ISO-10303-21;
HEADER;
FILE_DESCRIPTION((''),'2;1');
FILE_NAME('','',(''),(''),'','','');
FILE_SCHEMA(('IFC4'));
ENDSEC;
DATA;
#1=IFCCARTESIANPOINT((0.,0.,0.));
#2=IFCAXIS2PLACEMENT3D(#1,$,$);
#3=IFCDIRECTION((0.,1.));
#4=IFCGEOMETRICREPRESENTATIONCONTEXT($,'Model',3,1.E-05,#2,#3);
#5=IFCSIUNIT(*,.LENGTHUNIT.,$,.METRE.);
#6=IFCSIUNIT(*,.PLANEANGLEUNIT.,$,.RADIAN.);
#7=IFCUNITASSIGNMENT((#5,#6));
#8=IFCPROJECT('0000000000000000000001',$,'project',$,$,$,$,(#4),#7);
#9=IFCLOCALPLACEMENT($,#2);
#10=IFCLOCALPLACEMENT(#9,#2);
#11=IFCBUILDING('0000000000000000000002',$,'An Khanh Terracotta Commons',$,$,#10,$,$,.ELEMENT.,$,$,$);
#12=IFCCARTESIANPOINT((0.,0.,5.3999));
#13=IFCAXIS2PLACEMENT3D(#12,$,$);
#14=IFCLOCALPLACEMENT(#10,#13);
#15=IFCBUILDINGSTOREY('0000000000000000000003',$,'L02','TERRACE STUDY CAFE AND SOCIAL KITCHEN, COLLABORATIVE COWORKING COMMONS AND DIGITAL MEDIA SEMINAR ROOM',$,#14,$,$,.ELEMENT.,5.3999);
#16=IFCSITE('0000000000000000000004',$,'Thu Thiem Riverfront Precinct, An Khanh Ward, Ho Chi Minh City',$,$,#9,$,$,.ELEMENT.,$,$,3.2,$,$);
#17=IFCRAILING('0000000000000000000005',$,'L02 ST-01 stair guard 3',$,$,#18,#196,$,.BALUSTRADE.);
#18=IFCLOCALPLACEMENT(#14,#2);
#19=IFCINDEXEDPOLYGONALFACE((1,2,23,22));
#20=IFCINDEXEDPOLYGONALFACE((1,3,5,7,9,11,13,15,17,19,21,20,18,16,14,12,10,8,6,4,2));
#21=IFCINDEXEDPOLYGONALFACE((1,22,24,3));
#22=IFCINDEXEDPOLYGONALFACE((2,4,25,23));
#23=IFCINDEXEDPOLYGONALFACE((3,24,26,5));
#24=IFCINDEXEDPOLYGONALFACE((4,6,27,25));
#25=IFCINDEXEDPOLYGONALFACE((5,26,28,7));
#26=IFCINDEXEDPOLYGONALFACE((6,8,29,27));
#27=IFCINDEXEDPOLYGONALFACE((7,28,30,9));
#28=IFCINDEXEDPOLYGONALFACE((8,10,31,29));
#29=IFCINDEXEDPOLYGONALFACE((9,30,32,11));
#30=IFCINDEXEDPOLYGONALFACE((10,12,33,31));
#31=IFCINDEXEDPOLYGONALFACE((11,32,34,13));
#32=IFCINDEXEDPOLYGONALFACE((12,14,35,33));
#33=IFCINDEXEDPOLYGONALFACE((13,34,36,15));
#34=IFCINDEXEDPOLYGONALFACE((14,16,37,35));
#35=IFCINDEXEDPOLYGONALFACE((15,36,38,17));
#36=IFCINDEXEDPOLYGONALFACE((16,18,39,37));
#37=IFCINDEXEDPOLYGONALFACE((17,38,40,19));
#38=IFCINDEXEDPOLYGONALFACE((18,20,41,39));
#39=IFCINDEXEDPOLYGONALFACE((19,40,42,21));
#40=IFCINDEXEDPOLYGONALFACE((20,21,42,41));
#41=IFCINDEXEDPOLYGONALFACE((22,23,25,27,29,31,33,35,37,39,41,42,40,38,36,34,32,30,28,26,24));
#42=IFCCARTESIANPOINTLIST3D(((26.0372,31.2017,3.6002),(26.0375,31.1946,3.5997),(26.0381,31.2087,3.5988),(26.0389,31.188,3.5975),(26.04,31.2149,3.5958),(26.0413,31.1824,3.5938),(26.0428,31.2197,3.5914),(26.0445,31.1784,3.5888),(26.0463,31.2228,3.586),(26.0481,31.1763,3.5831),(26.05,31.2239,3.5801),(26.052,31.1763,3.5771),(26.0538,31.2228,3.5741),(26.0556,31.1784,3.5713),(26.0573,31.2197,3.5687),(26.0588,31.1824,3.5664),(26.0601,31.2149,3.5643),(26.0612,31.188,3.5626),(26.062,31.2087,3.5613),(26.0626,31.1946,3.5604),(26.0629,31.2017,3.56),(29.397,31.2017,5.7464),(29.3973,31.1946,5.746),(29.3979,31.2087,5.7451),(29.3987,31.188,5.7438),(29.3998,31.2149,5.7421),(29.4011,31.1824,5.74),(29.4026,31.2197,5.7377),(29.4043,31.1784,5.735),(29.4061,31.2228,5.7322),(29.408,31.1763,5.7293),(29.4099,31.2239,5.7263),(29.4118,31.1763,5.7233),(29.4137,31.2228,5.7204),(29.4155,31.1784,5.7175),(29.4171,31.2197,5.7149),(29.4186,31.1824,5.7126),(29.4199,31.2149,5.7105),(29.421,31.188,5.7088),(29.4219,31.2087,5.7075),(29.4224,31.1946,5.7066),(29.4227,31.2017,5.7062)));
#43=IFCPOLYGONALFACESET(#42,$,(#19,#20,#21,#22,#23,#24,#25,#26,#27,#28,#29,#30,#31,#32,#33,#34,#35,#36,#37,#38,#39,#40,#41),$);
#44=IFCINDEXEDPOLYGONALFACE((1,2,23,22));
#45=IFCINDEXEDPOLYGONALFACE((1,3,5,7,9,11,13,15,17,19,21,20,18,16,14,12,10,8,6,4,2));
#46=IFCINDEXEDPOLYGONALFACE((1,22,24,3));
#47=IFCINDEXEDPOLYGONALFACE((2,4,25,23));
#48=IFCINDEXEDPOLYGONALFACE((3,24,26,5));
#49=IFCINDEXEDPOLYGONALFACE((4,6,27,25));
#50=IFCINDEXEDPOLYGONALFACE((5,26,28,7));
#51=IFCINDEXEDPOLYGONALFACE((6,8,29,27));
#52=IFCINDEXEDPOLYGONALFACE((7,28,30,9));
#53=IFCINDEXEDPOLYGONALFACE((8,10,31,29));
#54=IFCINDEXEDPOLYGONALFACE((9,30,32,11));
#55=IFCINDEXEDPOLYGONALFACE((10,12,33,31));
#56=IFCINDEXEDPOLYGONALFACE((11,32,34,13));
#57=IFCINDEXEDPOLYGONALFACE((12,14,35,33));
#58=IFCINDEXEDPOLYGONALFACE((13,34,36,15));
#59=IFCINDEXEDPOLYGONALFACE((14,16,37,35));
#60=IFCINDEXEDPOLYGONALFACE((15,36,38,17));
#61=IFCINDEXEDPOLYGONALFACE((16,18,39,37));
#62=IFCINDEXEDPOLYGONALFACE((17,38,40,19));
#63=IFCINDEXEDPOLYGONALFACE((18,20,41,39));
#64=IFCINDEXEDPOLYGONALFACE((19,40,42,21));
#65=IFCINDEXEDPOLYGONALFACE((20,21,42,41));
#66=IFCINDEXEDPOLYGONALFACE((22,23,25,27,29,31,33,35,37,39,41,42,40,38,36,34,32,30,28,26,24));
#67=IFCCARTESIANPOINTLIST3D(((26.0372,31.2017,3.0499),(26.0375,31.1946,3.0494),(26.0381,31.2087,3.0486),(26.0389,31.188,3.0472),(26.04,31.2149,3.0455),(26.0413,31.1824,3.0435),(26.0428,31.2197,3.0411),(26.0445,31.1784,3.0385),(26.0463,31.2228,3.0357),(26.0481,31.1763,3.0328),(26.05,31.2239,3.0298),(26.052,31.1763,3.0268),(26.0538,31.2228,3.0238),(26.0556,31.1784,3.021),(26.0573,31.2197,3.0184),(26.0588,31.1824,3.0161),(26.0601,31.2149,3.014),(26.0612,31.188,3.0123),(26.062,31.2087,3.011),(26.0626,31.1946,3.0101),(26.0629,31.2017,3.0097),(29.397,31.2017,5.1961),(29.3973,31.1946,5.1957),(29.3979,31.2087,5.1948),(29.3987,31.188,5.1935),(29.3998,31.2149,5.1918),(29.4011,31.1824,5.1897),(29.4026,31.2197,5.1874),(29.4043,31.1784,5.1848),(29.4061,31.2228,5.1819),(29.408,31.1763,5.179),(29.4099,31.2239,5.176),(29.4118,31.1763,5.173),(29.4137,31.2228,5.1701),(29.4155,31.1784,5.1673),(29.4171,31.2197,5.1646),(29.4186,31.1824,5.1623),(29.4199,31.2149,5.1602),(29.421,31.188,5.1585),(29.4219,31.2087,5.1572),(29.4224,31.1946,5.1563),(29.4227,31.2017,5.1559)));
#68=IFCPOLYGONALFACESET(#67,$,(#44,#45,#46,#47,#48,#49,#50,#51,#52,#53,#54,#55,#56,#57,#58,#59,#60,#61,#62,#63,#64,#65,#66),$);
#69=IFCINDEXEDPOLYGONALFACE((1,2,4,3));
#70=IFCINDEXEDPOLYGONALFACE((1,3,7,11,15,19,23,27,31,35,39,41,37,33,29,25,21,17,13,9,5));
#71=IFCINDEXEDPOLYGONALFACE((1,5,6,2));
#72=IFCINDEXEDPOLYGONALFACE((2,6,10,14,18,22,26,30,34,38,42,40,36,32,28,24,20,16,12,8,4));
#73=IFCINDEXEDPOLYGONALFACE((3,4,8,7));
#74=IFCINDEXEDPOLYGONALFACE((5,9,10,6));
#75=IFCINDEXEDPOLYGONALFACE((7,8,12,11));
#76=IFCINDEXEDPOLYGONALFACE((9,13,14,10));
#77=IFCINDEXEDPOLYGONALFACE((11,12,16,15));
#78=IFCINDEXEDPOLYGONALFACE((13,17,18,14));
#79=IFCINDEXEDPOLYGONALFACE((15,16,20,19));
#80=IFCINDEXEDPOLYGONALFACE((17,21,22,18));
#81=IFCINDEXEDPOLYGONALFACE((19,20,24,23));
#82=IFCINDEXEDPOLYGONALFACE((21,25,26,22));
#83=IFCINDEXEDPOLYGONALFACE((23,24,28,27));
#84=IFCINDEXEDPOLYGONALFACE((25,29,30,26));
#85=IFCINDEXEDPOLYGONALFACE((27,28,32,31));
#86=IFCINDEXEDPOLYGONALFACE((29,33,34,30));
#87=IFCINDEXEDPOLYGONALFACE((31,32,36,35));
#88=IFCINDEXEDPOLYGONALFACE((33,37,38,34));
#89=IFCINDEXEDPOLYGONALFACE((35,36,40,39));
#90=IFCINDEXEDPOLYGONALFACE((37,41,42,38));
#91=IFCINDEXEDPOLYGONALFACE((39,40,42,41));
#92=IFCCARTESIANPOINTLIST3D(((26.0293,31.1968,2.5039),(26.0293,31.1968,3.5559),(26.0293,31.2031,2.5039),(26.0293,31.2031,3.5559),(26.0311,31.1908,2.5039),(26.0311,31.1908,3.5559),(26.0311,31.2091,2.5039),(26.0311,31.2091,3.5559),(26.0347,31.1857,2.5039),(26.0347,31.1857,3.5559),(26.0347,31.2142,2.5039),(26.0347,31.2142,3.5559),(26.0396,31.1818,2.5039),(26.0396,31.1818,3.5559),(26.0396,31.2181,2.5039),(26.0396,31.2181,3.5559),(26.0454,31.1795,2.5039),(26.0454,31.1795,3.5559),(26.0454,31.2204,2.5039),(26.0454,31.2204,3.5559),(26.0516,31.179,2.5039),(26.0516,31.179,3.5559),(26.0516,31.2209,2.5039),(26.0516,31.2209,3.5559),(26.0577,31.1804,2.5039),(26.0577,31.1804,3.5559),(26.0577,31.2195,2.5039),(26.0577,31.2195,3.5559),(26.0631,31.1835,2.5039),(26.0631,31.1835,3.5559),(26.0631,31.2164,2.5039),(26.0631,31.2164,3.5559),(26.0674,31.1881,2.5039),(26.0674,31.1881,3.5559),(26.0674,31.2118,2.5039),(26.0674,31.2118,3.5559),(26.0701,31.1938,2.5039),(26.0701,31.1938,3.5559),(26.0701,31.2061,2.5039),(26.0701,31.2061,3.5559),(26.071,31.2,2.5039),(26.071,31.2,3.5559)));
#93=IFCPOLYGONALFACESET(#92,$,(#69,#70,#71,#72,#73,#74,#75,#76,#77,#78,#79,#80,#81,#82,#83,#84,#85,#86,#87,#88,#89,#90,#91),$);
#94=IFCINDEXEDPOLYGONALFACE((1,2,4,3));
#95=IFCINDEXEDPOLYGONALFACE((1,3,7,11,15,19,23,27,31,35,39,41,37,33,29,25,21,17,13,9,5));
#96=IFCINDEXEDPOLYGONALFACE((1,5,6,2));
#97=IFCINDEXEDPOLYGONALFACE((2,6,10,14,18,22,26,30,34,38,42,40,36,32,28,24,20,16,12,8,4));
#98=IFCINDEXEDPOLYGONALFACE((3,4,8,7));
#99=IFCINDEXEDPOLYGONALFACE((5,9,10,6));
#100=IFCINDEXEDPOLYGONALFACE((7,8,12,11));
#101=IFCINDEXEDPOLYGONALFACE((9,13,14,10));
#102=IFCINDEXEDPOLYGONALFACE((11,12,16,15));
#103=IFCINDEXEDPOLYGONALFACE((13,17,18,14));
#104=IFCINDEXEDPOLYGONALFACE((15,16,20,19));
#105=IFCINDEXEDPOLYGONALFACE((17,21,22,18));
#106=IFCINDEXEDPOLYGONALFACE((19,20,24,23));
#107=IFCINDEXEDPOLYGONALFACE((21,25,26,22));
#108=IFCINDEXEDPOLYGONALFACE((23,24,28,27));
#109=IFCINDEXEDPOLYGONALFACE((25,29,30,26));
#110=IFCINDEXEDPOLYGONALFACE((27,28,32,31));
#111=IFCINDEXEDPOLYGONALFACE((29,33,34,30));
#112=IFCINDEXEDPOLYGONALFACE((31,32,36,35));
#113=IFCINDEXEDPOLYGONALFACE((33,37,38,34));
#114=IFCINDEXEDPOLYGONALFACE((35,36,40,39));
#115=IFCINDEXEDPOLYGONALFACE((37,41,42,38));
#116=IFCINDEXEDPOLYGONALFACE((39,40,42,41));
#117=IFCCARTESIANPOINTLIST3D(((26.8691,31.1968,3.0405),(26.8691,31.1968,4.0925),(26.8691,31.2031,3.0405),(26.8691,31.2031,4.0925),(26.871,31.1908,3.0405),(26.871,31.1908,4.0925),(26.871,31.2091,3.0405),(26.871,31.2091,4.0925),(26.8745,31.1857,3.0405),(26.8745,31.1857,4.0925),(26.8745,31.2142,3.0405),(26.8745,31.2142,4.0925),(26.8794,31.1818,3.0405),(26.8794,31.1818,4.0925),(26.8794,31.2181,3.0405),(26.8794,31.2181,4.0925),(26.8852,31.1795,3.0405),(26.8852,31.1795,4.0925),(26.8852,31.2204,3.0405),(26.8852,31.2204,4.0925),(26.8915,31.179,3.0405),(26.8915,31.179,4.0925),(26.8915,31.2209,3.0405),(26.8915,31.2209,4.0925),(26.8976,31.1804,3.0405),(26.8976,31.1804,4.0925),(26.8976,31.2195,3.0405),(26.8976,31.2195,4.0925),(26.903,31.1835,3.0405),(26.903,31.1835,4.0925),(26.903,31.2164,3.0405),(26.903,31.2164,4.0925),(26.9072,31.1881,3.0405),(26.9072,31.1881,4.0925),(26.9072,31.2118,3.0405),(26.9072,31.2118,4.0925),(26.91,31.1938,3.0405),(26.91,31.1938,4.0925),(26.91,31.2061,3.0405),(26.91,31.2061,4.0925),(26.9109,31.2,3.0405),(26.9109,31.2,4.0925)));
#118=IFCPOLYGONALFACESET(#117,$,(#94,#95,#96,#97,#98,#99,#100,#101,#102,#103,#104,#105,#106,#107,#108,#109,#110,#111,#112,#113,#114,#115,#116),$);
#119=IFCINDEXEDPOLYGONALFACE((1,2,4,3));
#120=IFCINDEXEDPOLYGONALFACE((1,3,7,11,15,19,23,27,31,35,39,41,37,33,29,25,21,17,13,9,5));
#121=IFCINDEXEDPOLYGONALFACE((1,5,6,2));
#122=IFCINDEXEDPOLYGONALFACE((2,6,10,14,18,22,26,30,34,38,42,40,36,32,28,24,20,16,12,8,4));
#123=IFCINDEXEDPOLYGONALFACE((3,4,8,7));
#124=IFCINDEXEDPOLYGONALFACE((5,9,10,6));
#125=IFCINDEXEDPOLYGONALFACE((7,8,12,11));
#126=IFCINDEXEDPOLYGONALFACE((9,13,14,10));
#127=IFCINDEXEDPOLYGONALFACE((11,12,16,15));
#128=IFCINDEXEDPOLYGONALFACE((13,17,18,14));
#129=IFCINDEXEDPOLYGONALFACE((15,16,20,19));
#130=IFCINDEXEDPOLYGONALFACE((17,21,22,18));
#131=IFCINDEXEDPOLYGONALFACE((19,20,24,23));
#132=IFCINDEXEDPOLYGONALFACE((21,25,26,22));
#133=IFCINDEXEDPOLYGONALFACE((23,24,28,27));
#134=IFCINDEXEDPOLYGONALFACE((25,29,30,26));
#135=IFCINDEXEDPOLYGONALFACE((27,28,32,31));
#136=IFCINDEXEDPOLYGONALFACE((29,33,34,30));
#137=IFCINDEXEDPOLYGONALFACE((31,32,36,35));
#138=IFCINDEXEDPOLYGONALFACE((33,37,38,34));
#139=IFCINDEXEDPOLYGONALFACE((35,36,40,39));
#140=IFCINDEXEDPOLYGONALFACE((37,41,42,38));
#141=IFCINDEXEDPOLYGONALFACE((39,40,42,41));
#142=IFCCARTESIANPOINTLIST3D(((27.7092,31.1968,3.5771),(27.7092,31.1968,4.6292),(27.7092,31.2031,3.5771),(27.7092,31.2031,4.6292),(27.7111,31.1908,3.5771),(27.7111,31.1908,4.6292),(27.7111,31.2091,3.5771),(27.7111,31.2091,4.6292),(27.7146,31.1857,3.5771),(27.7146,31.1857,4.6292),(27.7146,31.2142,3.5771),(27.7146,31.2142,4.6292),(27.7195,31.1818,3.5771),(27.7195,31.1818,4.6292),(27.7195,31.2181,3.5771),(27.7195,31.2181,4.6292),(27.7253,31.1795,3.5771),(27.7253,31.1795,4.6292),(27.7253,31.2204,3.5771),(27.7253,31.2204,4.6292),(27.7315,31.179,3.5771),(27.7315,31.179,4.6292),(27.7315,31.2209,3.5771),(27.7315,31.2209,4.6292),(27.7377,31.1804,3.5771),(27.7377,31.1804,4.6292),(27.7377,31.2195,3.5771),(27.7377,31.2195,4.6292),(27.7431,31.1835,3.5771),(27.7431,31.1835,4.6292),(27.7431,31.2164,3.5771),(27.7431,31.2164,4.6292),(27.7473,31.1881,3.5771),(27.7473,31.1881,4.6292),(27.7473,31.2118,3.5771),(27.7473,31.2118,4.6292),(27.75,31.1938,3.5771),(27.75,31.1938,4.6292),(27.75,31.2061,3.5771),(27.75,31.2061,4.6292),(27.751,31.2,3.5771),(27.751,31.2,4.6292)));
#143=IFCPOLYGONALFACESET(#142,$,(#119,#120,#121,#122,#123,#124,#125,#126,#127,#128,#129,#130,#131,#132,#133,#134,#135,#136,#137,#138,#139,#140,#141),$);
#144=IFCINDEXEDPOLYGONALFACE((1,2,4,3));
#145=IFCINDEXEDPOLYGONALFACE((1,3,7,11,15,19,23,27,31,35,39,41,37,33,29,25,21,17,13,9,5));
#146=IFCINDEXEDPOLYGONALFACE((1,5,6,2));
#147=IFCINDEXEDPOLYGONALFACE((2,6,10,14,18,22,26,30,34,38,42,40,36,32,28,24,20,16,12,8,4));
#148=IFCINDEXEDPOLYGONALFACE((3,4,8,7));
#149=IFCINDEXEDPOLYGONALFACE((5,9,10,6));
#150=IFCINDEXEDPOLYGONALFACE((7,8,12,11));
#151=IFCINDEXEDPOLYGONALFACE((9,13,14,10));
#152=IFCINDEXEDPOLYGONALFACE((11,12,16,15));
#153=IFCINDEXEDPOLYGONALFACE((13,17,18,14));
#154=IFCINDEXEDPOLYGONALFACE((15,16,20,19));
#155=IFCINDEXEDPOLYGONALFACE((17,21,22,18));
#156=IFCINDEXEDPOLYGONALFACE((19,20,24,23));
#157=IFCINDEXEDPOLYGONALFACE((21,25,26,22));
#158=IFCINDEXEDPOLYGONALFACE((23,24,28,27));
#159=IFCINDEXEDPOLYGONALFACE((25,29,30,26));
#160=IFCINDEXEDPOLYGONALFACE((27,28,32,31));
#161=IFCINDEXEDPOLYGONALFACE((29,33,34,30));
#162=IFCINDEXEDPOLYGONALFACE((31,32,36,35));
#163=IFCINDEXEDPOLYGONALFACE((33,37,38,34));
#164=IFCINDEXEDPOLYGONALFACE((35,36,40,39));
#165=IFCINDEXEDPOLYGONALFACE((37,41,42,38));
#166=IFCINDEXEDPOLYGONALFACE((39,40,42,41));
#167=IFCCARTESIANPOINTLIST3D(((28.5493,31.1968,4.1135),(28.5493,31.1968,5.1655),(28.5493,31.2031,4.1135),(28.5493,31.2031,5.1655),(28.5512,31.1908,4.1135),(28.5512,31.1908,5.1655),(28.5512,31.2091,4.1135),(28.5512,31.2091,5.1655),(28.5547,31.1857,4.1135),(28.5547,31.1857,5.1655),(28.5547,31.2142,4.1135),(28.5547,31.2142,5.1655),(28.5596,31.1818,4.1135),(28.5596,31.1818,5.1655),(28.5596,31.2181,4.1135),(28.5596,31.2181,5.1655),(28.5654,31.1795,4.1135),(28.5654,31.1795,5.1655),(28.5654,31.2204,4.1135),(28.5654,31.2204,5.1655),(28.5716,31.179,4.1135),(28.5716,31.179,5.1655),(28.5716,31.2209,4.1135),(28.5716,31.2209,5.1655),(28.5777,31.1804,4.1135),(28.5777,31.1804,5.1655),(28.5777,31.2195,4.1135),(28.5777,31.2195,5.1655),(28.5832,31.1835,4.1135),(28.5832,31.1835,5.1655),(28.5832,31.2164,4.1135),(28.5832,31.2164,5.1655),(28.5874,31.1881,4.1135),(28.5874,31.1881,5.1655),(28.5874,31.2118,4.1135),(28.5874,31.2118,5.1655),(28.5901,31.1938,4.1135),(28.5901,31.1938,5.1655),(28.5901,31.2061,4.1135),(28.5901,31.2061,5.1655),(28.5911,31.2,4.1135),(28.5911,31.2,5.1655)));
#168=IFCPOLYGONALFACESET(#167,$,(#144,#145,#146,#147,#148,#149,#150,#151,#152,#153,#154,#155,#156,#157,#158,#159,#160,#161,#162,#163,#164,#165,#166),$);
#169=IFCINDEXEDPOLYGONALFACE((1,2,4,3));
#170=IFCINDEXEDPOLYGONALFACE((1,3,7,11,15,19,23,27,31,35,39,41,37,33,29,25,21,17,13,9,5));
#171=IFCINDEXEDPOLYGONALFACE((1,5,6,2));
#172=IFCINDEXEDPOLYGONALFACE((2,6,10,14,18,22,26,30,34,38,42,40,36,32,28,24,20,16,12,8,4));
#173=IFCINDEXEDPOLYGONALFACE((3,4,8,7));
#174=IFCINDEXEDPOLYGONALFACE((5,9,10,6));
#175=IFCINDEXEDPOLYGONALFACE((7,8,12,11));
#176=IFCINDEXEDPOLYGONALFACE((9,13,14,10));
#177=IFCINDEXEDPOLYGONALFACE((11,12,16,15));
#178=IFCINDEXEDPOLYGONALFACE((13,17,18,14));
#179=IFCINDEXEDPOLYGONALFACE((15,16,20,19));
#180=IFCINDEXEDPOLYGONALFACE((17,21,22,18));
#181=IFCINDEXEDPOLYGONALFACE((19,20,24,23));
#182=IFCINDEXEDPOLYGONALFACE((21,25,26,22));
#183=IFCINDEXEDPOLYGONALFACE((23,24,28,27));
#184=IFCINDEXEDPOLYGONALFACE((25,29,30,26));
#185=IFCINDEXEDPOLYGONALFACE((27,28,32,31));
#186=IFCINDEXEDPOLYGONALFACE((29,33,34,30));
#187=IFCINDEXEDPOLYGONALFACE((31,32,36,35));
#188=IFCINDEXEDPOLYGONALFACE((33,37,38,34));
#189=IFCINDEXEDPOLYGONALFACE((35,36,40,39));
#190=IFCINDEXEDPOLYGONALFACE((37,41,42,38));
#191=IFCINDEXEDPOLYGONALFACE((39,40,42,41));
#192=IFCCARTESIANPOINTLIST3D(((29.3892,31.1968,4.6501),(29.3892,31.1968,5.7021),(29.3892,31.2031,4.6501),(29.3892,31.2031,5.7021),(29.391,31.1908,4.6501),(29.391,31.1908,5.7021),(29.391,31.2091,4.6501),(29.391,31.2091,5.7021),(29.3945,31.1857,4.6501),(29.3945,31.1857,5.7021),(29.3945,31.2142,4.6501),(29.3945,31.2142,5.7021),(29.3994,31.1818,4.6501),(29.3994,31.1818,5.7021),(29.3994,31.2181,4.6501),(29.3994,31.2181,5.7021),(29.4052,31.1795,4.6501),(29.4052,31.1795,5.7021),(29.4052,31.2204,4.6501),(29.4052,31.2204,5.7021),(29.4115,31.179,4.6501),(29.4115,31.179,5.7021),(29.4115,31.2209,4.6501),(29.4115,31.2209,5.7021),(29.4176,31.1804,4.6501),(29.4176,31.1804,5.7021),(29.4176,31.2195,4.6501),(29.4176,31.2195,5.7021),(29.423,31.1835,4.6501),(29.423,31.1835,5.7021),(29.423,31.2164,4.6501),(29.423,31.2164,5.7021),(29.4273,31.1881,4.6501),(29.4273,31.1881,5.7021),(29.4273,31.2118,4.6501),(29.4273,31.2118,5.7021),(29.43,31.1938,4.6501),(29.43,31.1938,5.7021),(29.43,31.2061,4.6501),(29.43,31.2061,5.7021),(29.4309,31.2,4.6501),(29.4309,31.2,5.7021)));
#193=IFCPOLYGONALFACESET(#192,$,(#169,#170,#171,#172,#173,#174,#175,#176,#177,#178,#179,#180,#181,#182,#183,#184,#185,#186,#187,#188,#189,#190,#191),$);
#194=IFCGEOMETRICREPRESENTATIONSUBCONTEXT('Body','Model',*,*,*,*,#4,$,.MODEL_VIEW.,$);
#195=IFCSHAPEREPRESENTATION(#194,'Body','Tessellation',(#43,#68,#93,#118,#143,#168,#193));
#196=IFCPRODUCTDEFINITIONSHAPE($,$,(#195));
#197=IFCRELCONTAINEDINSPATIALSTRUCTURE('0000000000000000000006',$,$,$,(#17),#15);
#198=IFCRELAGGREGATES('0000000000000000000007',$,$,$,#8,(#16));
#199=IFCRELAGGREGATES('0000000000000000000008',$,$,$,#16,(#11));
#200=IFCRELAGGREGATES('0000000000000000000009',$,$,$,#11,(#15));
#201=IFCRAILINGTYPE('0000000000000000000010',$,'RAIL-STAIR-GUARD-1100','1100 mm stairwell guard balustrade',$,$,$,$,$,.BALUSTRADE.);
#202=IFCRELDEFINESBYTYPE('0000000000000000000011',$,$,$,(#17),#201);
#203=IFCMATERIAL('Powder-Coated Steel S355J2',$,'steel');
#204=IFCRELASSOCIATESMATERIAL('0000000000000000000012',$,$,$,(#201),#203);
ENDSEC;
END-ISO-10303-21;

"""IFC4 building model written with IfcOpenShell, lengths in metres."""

from ifc_helpers import new_model, si_unit, direction, frame, origin, origin_2d, place, context, subcontext, project, spatial, circle, extrude, material, type_object, element, save


model = new_model("IFC4")

# Units and contexts
model_context = context("Model", 3, precision=1e-05, world=origin(), true_north=direction((0.0, 1.0)))
body_context = subcontext(model_context, "Body", "Model", "MODEL_VIEW")
ifc_project = project(units=[si_unit("LENGTHUNIT", "METRE"), si_unit("PLANEANGLEUNIT", "RADIAN")], contexts=[model_context])

# Site, building, storey
site_placement = place(None, origin())
site = spatial("IfcSite", under=ifc_project, at=site_placement, Name="Thu Thiem Riverfront Precinct, An Khanh Ward, Ho Chi Minh City", CompositionType="ELEMENT", RefElevation=3.2)
building_placement = place(site_placement, origin())
building = spatial("IfcBuilding", under=site, at=building_placement, Name="An Khanh Terracotta Commons", CompositionType="ELEMENT")
storey_placement = place(building_placement, frame((0.0, 0.0, 5.3999)))
storey = spatial("IfcBuildingStorey", under=building, at=storey_placement, Name="L02", Description="TERRACE STUDY CAFE AND SOCIAL KITCHEN, COLLABORATIVE COWORKING COMMONS AND DIGITAL MEDIA SEMINAR ROOM", CompositionType="ELEMENT", Elevation=5.3999)

# Railing
ifc_material_1 = material(Name="Powder-Coated Steel S355J2", Category="steel")
railing_type_1 = type_object("IfcRailingType", Name="RAIL-STAIR-GUARD-1100", Description="1100 mm stairwell guard balustrade", PredefinedType="BALUSTRADE", material=ifc_material_1)
railing_1_placement = place(storey_placement, frame((26.05, 31.2, 2.5039)))
element("IfcRailing", 1, at=railing_1_placement, inside=storey, type_object=railing_type_1, Name="L02 ST-01 stair guard 3", PredefinedType="BALUSTRADE", context=body_context, shape_type="SweptSolid", body=[
    extrude(circle(Radius=0.0239, at=origin_2d()), frame((0.0, 0.0, 1.0762), z_axis=(0.842735, 0.0, 0.538329), x_axis=(0.0, 1.0, 0.0)), (0.0, 0.0, 1.0), 3.9868),
    extrude(circle(Radius=0.0239, at=origin_2d()), frame((0.0, 0.0, 0.5259), z_axis=(0.842735, 0.0, 0.538329), x_axis=(0.0, 1.0, 0.0)), (0.0, 0.0, 1.0), 3.9868),
    extrude(circle(Radius=0.021, at=origin_2d()), origin(), (0.0, 0.0, 1.0), 1.052),
    extrude(circle(Radius=0.021, at=origin_2d()), frame((0.8398, 0.0, 0.5366)), (0.0, 0.0, 1.0), 1.052),
    extrude(circle(Radius=0.021, at=origin_2d()), frame((1.6799, 0.0, 1.0732)), (0.0, 0.0, 1.0), 1.052),
    extrude(circle(Radius=0.021, at=origin_2d()), frame((2.52, 0.0, 1.6096)), (0.0, 0.0, 1.0), 1.052),
    extrude(circle(Radius=0.021, at=origin_2d()), frame((3.3599, 0.0, 2.1462)), (0.0, 0.0, 1.0), 1.052),
])

save(model, "model.ifc")
